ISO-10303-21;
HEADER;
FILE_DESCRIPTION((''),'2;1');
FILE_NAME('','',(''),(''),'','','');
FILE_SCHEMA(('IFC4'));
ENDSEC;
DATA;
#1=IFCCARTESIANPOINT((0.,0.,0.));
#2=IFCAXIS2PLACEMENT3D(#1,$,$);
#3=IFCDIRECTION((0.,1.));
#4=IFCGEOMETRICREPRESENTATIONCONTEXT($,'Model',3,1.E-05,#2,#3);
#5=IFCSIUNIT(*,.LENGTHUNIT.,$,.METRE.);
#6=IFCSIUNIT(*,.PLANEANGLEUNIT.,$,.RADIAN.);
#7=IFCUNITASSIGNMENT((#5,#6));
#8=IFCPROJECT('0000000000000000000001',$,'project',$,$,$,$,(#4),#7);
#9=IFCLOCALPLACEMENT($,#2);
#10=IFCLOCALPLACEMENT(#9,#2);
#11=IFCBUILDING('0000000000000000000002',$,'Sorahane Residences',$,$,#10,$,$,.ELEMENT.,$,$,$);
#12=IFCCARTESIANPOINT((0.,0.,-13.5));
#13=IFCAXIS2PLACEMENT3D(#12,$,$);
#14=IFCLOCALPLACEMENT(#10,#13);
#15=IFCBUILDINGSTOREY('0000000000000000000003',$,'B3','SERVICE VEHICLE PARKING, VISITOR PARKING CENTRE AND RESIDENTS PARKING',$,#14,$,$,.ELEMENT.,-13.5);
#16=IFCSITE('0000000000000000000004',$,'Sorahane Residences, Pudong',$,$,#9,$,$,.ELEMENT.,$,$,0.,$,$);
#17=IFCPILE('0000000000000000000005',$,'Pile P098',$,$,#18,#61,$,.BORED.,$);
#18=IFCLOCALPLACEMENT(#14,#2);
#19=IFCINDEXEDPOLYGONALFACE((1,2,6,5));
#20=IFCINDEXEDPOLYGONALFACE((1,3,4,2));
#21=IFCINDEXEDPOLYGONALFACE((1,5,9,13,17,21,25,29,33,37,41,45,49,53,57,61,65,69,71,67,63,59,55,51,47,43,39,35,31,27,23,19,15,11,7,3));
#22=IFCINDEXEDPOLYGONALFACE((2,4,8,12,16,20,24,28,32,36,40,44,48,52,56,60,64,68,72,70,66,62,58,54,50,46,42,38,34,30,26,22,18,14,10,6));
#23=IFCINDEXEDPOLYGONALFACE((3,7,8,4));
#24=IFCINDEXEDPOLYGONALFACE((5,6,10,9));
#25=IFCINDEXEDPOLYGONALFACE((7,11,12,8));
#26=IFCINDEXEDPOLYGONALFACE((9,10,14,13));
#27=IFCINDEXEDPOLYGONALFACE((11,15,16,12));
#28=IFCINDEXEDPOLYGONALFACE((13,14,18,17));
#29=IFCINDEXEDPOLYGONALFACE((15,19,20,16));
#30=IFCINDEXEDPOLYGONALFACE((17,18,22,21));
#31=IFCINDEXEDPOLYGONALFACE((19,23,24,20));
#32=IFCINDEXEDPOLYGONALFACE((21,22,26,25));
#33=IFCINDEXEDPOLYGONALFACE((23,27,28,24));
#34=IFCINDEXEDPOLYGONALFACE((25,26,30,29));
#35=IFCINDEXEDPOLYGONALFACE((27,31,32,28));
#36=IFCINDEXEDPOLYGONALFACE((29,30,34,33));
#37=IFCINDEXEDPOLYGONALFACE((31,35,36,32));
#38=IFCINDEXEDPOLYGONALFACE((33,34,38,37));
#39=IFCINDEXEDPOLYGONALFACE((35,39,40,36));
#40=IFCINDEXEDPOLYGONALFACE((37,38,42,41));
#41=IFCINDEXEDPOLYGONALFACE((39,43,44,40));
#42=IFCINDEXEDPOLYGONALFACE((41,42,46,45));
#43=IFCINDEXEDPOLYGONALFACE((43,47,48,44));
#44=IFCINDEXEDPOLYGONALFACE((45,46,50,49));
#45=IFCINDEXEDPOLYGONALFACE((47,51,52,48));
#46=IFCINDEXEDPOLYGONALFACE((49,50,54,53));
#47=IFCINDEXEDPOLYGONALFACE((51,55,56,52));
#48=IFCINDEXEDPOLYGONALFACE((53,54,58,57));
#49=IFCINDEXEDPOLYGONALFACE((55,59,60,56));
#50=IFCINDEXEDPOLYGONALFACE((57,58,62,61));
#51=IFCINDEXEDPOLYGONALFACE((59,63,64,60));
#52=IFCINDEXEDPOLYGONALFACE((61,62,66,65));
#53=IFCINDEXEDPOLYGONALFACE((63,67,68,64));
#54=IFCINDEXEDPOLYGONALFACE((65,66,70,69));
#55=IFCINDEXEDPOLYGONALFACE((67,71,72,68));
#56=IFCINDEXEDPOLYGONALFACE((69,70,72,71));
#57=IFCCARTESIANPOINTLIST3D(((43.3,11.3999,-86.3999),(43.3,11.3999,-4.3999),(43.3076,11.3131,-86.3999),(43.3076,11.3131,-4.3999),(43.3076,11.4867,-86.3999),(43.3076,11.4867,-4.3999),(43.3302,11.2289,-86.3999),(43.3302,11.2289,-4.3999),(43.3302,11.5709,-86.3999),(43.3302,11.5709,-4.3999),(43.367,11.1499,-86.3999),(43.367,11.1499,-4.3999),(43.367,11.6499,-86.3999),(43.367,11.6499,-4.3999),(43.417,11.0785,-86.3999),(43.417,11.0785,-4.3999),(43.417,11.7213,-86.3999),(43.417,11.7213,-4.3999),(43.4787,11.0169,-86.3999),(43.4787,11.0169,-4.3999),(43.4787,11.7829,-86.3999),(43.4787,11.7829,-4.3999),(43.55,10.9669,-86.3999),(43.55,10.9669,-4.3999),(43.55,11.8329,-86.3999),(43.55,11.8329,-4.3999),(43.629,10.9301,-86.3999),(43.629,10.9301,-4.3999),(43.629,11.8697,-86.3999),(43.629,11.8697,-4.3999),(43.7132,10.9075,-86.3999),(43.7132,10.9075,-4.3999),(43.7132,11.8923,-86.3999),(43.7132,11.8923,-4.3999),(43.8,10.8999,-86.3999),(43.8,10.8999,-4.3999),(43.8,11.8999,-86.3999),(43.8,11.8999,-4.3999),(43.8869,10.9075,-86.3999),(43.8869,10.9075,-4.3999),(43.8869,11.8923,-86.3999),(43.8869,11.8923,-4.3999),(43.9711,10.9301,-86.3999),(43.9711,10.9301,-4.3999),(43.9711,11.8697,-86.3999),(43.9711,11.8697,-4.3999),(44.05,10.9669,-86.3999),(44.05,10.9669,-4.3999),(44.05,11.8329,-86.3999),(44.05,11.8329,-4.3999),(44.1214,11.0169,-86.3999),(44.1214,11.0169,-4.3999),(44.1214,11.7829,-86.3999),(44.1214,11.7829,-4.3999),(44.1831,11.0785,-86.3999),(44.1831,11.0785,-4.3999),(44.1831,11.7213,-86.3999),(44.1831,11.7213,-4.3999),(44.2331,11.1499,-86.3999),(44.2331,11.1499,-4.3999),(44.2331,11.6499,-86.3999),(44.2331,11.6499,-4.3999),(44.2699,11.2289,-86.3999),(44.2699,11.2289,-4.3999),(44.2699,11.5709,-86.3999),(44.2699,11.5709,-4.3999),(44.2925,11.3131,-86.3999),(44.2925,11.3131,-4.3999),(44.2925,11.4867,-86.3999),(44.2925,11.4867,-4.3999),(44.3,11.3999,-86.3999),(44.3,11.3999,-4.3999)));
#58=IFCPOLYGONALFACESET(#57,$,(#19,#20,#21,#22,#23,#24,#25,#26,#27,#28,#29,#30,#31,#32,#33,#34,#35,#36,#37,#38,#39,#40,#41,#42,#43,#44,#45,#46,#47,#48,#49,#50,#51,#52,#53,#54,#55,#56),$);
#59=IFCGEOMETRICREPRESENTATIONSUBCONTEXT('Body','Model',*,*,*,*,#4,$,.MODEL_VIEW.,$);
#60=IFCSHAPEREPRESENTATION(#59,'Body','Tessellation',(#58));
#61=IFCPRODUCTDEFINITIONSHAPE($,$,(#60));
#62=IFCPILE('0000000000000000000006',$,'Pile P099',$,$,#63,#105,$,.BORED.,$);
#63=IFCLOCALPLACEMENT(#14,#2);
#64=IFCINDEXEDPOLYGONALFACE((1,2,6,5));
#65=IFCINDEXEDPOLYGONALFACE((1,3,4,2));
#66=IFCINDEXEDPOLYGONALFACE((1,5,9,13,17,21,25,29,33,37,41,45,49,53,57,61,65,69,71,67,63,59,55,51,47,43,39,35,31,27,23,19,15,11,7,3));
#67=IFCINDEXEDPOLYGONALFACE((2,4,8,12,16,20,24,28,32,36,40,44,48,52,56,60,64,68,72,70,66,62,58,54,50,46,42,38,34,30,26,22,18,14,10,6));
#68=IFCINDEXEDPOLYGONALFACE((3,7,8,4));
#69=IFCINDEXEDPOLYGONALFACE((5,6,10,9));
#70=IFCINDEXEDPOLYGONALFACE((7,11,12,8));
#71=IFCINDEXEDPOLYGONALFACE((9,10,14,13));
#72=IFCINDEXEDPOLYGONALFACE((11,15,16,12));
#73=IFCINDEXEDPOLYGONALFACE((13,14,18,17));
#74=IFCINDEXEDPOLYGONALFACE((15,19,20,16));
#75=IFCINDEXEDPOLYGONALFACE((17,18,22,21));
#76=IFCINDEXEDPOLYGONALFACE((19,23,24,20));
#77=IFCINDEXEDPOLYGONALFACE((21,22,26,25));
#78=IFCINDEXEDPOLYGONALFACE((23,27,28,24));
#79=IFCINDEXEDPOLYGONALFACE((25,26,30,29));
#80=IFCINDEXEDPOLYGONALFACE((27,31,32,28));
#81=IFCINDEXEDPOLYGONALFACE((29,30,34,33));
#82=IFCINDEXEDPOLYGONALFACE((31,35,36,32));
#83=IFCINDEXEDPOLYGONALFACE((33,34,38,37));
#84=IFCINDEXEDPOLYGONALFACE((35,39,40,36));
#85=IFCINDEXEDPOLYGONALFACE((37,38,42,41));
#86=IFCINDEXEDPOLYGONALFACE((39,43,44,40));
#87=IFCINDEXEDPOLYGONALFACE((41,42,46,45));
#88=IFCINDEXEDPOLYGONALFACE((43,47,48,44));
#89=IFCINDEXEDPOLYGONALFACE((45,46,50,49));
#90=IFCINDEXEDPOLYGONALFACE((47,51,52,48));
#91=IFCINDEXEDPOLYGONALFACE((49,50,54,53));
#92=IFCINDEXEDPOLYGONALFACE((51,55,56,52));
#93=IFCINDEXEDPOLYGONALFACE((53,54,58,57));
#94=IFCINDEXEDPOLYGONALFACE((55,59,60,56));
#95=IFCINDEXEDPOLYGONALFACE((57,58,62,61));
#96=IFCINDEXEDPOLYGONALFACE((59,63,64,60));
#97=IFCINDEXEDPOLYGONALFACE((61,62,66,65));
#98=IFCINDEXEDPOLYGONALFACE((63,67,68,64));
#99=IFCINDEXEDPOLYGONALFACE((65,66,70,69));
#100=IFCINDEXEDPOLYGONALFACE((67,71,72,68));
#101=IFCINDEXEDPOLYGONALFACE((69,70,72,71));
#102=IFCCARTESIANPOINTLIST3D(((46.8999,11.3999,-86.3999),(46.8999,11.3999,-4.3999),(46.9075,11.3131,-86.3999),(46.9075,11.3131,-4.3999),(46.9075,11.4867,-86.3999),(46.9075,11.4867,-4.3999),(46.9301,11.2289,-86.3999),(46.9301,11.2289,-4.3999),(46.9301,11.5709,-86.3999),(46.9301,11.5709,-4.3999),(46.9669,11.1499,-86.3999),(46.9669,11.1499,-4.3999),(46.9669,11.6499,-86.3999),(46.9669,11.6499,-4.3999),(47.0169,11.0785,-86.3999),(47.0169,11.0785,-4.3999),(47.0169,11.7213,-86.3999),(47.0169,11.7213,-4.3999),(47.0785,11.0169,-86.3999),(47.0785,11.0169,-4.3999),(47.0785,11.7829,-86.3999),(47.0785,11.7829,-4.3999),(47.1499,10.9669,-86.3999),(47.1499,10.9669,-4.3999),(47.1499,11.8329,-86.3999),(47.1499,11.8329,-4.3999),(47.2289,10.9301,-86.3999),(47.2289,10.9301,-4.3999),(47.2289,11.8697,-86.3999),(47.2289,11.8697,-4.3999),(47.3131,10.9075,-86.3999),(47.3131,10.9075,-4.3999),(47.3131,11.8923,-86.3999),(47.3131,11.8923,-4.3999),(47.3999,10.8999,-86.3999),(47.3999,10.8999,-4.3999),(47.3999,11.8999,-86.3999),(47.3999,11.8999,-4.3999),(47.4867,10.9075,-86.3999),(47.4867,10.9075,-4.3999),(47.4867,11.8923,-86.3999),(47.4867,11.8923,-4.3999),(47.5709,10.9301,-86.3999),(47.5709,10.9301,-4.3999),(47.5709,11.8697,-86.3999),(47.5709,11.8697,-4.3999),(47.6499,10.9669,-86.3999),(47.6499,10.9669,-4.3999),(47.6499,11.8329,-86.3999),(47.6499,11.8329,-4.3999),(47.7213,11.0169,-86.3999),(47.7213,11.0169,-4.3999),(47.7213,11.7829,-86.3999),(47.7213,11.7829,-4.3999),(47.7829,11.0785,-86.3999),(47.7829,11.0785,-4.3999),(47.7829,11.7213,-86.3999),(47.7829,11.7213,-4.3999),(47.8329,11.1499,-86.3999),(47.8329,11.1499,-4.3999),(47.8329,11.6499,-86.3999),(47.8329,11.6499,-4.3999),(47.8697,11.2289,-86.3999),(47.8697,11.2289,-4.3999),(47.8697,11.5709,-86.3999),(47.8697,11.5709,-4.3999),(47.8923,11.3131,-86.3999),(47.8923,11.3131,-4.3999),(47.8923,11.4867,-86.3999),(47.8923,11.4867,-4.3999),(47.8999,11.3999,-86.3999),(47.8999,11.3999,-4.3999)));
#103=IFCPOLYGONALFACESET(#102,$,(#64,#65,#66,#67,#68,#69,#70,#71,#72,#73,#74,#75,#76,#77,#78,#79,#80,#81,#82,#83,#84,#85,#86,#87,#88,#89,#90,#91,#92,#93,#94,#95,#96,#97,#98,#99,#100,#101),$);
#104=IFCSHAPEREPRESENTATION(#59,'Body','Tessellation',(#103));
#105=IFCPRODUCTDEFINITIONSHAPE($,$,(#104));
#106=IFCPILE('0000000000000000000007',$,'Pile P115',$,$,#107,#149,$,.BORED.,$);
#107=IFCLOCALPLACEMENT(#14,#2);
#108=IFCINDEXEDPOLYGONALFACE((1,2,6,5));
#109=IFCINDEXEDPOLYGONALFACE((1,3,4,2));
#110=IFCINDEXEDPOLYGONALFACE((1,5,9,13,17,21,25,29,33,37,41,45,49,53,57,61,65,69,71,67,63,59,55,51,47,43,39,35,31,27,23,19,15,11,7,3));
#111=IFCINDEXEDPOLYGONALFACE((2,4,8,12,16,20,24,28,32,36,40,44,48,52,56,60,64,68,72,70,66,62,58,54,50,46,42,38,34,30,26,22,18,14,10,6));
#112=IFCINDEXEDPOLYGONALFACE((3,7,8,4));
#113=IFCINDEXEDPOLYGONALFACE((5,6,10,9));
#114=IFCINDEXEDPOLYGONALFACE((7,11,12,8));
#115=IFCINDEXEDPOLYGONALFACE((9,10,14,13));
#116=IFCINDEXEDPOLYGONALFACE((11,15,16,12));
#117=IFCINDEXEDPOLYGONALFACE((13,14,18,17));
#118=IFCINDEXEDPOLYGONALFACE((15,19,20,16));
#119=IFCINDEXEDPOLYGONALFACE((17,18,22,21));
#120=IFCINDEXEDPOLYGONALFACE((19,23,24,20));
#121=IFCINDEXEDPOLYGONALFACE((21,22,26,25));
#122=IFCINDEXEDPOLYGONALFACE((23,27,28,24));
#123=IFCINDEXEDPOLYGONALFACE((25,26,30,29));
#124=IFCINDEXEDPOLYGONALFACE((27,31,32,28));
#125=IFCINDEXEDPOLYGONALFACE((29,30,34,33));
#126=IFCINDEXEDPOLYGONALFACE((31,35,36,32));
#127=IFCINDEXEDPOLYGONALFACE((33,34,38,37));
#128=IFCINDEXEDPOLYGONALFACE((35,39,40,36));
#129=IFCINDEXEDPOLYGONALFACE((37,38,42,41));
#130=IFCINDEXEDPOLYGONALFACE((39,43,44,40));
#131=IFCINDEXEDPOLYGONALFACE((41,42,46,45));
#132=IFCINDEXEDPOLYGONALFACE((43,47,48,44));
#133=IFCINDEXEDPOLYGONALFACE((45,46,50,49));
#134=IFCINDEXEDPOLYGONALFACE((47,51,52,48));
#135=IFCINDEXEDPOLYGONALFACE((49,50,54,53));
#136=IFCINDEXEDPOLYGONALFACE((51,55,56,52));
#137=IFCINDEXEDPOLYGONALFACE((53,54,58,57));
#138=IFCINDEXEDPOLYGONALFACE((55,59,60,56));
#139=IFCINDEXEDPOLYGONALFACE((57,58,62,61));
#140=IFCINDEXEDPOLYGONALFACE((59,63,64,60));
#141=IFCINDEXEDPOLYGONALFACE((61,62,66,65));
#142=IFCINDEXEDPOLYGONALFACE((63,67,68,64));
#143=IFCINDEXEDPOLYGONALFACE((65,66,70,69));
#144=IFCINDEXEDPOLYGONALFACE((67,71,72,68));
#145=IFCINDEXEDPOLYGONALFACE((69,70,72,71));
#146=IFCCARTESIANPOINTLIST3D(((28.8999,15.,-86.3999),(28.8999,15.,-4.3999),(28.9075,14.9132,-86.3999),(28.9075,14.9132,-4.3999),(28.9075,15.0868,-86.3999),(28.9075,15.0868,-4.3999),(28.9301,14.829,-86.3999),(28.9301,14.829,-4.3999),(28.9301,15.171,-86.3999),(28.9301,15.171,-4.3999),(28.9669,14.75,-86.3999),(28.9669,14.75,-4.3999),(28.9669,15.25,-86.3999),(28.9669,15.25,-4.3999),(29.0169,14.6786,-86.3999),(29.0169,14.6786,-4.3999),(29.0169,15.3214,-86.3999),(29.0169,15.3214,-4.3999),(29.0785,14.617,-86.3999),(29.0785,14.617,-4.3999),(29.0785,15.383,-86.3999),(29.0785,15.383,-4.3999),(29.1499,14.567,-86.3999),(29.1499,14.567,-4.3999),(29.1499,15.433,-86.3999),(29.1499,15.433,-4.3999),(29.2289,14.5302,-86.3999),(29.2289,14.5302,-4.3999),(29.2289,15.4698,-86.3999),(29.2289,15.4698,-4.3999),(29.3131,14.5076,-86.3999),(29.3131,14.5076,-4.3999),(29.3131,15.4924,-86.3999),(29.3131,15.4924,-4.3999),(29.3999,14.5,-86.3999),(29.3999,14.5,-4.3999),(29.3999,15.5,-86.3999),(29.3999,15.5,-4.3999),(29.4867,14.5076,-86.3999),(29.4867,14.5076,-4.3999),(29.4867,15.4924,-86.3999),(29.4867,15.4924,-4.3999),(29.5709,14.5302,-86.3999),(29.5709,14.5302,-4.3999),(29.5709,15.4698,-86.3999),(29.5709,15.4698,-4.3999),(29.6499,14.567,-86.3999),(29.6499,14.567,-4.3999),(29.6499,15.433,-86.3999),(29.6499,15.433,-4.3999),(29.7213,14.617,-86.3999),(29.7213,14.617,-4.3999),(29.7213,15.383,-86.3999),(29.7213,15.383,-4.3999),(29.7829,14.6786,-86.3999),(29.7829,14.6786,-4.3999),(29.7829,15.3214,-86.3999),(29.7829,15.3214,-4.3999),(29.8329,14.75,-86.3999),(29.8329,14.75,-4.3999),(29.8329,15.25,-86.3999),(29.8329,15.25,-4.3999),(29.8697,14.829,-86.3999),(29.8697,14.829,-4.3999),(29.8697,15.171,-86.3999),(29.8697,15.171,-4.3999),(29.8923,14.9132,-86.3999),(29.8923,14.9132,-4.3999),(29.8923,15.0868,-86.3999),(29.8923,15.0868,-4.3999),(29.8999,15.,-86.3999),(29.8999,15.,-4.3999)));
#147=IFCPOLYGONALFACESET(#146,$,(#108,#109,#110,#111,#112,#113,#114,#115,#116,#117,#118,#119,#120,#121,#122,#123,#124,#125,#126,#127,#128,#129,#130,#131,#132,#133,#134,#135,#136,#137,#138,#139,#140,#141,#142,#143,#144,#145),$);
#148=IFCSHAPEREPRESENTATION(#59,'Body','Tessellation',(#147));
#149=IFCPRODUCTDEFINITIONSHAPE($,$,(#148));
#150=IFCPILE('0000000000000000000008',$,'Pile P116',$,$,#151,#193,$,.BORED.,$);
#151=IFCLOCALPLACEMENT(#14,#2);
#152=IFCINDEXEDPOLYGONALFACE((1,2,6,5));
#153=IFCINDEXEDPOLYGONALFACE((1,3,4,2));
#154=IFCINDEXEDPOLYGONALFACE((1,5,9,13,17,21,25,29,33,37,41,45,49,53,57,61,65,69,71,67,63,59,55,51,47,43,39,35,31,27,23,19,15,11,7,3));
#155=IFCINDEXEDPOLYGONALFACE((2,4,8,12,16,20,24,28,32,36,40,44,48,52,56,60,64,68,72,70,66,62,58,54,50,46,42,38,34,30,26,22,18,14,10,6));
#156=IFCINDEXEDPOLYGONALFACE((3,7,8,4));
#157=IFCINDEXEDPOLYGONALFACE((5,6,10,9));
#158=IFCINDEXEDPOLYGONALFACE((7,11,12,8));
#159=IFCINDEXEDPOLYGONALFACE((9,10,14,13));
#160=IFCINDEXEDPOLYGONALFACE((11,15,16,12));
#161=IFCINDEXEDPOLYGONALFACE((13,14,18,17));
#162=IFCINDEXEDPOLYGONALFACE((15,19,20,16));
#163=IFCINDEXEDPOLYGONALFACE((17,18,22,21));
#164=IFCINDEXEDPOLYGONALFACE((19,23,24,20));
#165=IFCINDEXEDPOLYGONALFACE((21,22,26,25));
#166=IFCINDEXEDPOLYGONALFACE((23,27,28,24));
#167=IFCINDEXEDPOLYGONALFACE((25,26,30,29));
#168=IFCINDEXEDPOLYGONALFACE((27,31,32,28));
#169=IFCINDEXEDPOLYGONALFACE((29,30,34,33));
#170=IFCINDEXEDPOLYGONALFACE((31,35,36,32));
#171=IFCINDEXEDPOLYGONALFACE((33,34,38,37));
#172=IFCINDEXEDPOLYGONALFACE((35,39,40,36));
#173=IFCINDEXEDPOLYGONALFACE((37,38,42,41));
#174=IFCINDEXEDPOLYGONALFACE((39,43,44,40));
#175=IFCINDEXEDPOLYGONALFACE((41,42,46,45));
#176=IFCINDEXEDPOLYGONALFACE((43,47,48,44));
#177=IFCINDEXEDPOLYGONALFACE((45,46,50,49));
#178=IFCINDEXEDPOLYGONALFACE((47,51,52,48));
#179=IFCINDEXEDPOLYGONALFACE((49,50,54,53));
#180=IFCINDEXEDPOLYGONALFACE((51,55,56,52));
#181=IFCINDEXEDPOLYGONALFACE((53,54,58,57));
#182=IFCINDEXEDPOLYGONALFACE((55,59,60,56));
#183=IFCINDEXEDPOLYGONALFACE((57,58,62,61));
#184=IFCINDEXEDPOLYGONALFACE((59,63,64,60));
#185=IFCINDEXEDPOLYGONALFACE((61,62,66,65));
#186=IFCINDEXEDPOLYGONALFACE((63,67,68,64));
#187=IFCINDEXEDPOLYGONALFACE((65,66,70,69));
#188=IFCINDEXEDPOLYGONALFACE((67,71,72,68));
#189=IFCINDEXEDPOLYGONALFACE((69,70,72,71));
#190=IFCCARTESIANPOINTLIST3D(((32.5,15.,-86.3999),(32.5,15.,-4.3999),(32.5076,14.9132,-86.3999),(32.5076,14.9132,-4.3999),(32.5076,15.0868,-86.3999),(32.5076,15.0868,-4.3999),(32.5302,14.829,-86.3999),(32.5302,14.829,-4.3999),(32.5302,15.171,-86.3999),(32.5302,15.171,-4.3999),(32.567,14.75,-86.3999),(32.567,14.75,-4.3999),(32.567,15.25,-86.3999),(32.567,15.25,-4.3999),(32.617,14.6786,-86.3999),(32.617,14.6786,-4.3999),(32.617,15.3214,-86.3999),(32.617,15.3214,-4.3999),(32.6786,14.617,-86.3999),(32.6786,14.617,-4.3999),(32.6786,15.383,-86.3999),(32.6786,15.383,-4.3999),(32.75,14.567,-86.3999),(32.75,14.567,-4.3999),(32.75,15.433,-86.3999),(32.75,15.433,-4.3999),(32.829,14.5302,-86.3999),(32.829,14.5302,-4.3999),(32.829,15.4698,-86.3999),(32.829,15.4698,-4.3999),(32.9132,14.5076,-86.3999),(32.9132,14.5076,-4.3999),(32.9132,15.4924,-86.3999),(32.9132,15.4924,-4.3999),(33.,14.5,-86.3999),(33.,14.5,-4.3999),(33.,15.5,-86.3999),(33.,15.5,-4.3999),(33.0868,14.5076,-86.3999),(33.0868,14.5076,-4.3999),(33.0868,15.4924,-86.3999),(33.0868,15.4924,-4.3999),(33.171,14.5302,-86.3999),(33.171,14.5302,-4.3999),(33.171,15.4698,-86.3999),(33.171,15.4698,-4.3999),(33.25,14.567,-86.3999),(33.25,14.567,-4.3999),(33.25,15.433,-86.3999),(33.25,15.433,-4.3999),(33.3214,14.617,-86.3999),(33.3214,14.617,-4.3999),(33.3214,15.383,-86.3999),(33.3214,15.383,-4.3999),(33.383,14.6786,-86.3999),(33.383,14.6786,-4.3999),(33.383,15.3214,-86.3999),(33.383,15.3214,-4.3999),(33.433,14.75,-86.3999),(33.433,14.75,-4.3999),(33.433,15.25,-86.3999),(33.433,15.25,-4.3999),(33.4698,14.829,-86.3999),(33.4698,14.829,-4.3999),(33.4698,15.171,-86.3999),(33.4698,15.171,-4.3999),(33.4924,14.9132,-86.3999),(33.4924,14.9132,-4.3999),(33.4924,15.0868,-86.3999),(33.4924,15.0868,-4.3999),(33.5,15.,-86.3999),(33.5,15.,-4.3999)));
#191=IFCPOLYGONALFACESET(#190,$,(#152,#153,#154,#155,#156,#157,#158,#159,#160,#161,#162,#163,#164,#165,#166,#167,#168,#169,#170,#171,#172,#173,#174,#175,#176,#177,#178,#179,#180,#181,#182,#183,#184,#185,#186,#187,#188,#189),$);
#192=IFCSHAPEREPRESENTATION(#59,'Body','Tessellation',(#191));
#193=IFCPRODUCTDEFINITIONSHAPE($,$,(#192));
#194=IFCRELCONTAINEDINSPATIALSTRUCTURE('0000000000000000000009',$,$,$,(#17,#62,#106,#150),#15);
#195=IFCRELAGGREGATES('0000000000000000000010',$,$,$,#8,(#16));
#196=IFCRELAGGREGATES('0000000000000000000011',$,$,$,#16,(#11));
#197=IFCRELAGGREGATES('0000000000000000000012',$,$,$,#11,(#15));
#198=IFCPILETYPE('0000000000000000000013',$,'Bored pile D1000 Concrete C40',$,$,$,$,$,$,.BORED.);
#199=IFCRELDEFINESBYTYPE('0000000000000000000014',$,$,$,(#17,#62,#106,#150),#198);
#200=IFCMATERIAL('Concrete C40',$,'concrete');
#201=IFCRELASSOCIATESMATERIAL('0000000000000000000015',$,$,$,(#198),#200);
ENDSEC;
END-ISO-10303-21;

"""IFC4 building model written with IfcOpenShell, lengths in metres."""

from ifc_helpers import new_model, si_unit, direction, frame, origin, origin_2d, place, context, subcontext, project, spatial, circle, extrude, material, material_profile, profile_set, type_object, element, save


model = new_model("IFC4")

# Units and contexts
model_context = context("Model", 3, precision=1e-05, world=origin(), true_north=direction((0.0, 1.0)))
body_context = subcontext(model_context, "Body", "Model", "MODEL_VIEW")
ifc_project = project(units=[si_unit("LENGTHUNIT", "METRE"), si_unit("PLANEANGLEUNIT", "RADIAN")], contexts=[model_context])

# Site, building, storey
site_placement = place(None, origin())
site = spatial("IfcSite", under=ifc_project, at=site_placement, Name="Sorahane Residences, Pudong", CompositionType="ELEMENT", RefElevation=0.0)
building_placement = place(site_placement, origin())
building = spatial("IfcBuilding", under=site, at=building_placement, Name="Sorahane Residences", CompositionType="ELEMENT")
storey_placement = place(building_placement, frame((0.0, 0.0, -13.5)))
storey = spatial("IfcBuildingStorey", under=building, at=storey_placement, Name="B3", Description="SERVICE VEHICLE PARKING, VISITOR PARKING CENTRE AND RESIDENTS PARKING", CompositionType="ELEMENT", Elevation=-13.5)

# Piles
ifc_material_1 = material(Name="Concrete C40", Category="concrete")
ifc_material_profile_1 = material_profile(ifc_material_1, circle(Radius=0.5, at=origin_2d()), Name="D1000")
ifc_profile_set_1 = profile_set([ifc_material_profile_1], Name="Concrete C40")
pile_type = type_object("IfcPileType", Name="Bored pile D1000 Concrete C40", PredefinedType="BORED", material=ifc_profile_set_1)
for number, where, z_axis, x_axis, name in (
    (1, (43.8, 11.3999, -4.3999), (0.0, 0.0, -1.0), (1.0, 0.0, 0.0), "Pile P098"),
    (2, (47.3999, 11.3999, -4.3999), (0.0, 0.0, -1.0), (1.0, 0.0, 0.0), "Pile P099"),
    (3, (29.3999, 15.0, -4.3999), (0.0, 0.0, -1.0), (1.0, 0.0, 0.0), "Pile P115"),
    (4, (33.0, 15.0, -4.3999), (0.0, 0.0, -1.0), (1.0, 0.0, 0.0), "Pile P116"),
):
    element("IfcPile", number, at=place(storey_placement, frame(where, z_axis=z_axis, x_axis=x_axis)), inside=storey, type_object=pile_type, Name=name, PredefinedType="BORED", context=body_context, shape_type="SweptSolid", body=[
        extrude(circle(Radius=0.5, at=origin_2d()), origin(), (0.0, 0.0, 1.0), 82.0),
    ])

save(model, "model.ifc")
